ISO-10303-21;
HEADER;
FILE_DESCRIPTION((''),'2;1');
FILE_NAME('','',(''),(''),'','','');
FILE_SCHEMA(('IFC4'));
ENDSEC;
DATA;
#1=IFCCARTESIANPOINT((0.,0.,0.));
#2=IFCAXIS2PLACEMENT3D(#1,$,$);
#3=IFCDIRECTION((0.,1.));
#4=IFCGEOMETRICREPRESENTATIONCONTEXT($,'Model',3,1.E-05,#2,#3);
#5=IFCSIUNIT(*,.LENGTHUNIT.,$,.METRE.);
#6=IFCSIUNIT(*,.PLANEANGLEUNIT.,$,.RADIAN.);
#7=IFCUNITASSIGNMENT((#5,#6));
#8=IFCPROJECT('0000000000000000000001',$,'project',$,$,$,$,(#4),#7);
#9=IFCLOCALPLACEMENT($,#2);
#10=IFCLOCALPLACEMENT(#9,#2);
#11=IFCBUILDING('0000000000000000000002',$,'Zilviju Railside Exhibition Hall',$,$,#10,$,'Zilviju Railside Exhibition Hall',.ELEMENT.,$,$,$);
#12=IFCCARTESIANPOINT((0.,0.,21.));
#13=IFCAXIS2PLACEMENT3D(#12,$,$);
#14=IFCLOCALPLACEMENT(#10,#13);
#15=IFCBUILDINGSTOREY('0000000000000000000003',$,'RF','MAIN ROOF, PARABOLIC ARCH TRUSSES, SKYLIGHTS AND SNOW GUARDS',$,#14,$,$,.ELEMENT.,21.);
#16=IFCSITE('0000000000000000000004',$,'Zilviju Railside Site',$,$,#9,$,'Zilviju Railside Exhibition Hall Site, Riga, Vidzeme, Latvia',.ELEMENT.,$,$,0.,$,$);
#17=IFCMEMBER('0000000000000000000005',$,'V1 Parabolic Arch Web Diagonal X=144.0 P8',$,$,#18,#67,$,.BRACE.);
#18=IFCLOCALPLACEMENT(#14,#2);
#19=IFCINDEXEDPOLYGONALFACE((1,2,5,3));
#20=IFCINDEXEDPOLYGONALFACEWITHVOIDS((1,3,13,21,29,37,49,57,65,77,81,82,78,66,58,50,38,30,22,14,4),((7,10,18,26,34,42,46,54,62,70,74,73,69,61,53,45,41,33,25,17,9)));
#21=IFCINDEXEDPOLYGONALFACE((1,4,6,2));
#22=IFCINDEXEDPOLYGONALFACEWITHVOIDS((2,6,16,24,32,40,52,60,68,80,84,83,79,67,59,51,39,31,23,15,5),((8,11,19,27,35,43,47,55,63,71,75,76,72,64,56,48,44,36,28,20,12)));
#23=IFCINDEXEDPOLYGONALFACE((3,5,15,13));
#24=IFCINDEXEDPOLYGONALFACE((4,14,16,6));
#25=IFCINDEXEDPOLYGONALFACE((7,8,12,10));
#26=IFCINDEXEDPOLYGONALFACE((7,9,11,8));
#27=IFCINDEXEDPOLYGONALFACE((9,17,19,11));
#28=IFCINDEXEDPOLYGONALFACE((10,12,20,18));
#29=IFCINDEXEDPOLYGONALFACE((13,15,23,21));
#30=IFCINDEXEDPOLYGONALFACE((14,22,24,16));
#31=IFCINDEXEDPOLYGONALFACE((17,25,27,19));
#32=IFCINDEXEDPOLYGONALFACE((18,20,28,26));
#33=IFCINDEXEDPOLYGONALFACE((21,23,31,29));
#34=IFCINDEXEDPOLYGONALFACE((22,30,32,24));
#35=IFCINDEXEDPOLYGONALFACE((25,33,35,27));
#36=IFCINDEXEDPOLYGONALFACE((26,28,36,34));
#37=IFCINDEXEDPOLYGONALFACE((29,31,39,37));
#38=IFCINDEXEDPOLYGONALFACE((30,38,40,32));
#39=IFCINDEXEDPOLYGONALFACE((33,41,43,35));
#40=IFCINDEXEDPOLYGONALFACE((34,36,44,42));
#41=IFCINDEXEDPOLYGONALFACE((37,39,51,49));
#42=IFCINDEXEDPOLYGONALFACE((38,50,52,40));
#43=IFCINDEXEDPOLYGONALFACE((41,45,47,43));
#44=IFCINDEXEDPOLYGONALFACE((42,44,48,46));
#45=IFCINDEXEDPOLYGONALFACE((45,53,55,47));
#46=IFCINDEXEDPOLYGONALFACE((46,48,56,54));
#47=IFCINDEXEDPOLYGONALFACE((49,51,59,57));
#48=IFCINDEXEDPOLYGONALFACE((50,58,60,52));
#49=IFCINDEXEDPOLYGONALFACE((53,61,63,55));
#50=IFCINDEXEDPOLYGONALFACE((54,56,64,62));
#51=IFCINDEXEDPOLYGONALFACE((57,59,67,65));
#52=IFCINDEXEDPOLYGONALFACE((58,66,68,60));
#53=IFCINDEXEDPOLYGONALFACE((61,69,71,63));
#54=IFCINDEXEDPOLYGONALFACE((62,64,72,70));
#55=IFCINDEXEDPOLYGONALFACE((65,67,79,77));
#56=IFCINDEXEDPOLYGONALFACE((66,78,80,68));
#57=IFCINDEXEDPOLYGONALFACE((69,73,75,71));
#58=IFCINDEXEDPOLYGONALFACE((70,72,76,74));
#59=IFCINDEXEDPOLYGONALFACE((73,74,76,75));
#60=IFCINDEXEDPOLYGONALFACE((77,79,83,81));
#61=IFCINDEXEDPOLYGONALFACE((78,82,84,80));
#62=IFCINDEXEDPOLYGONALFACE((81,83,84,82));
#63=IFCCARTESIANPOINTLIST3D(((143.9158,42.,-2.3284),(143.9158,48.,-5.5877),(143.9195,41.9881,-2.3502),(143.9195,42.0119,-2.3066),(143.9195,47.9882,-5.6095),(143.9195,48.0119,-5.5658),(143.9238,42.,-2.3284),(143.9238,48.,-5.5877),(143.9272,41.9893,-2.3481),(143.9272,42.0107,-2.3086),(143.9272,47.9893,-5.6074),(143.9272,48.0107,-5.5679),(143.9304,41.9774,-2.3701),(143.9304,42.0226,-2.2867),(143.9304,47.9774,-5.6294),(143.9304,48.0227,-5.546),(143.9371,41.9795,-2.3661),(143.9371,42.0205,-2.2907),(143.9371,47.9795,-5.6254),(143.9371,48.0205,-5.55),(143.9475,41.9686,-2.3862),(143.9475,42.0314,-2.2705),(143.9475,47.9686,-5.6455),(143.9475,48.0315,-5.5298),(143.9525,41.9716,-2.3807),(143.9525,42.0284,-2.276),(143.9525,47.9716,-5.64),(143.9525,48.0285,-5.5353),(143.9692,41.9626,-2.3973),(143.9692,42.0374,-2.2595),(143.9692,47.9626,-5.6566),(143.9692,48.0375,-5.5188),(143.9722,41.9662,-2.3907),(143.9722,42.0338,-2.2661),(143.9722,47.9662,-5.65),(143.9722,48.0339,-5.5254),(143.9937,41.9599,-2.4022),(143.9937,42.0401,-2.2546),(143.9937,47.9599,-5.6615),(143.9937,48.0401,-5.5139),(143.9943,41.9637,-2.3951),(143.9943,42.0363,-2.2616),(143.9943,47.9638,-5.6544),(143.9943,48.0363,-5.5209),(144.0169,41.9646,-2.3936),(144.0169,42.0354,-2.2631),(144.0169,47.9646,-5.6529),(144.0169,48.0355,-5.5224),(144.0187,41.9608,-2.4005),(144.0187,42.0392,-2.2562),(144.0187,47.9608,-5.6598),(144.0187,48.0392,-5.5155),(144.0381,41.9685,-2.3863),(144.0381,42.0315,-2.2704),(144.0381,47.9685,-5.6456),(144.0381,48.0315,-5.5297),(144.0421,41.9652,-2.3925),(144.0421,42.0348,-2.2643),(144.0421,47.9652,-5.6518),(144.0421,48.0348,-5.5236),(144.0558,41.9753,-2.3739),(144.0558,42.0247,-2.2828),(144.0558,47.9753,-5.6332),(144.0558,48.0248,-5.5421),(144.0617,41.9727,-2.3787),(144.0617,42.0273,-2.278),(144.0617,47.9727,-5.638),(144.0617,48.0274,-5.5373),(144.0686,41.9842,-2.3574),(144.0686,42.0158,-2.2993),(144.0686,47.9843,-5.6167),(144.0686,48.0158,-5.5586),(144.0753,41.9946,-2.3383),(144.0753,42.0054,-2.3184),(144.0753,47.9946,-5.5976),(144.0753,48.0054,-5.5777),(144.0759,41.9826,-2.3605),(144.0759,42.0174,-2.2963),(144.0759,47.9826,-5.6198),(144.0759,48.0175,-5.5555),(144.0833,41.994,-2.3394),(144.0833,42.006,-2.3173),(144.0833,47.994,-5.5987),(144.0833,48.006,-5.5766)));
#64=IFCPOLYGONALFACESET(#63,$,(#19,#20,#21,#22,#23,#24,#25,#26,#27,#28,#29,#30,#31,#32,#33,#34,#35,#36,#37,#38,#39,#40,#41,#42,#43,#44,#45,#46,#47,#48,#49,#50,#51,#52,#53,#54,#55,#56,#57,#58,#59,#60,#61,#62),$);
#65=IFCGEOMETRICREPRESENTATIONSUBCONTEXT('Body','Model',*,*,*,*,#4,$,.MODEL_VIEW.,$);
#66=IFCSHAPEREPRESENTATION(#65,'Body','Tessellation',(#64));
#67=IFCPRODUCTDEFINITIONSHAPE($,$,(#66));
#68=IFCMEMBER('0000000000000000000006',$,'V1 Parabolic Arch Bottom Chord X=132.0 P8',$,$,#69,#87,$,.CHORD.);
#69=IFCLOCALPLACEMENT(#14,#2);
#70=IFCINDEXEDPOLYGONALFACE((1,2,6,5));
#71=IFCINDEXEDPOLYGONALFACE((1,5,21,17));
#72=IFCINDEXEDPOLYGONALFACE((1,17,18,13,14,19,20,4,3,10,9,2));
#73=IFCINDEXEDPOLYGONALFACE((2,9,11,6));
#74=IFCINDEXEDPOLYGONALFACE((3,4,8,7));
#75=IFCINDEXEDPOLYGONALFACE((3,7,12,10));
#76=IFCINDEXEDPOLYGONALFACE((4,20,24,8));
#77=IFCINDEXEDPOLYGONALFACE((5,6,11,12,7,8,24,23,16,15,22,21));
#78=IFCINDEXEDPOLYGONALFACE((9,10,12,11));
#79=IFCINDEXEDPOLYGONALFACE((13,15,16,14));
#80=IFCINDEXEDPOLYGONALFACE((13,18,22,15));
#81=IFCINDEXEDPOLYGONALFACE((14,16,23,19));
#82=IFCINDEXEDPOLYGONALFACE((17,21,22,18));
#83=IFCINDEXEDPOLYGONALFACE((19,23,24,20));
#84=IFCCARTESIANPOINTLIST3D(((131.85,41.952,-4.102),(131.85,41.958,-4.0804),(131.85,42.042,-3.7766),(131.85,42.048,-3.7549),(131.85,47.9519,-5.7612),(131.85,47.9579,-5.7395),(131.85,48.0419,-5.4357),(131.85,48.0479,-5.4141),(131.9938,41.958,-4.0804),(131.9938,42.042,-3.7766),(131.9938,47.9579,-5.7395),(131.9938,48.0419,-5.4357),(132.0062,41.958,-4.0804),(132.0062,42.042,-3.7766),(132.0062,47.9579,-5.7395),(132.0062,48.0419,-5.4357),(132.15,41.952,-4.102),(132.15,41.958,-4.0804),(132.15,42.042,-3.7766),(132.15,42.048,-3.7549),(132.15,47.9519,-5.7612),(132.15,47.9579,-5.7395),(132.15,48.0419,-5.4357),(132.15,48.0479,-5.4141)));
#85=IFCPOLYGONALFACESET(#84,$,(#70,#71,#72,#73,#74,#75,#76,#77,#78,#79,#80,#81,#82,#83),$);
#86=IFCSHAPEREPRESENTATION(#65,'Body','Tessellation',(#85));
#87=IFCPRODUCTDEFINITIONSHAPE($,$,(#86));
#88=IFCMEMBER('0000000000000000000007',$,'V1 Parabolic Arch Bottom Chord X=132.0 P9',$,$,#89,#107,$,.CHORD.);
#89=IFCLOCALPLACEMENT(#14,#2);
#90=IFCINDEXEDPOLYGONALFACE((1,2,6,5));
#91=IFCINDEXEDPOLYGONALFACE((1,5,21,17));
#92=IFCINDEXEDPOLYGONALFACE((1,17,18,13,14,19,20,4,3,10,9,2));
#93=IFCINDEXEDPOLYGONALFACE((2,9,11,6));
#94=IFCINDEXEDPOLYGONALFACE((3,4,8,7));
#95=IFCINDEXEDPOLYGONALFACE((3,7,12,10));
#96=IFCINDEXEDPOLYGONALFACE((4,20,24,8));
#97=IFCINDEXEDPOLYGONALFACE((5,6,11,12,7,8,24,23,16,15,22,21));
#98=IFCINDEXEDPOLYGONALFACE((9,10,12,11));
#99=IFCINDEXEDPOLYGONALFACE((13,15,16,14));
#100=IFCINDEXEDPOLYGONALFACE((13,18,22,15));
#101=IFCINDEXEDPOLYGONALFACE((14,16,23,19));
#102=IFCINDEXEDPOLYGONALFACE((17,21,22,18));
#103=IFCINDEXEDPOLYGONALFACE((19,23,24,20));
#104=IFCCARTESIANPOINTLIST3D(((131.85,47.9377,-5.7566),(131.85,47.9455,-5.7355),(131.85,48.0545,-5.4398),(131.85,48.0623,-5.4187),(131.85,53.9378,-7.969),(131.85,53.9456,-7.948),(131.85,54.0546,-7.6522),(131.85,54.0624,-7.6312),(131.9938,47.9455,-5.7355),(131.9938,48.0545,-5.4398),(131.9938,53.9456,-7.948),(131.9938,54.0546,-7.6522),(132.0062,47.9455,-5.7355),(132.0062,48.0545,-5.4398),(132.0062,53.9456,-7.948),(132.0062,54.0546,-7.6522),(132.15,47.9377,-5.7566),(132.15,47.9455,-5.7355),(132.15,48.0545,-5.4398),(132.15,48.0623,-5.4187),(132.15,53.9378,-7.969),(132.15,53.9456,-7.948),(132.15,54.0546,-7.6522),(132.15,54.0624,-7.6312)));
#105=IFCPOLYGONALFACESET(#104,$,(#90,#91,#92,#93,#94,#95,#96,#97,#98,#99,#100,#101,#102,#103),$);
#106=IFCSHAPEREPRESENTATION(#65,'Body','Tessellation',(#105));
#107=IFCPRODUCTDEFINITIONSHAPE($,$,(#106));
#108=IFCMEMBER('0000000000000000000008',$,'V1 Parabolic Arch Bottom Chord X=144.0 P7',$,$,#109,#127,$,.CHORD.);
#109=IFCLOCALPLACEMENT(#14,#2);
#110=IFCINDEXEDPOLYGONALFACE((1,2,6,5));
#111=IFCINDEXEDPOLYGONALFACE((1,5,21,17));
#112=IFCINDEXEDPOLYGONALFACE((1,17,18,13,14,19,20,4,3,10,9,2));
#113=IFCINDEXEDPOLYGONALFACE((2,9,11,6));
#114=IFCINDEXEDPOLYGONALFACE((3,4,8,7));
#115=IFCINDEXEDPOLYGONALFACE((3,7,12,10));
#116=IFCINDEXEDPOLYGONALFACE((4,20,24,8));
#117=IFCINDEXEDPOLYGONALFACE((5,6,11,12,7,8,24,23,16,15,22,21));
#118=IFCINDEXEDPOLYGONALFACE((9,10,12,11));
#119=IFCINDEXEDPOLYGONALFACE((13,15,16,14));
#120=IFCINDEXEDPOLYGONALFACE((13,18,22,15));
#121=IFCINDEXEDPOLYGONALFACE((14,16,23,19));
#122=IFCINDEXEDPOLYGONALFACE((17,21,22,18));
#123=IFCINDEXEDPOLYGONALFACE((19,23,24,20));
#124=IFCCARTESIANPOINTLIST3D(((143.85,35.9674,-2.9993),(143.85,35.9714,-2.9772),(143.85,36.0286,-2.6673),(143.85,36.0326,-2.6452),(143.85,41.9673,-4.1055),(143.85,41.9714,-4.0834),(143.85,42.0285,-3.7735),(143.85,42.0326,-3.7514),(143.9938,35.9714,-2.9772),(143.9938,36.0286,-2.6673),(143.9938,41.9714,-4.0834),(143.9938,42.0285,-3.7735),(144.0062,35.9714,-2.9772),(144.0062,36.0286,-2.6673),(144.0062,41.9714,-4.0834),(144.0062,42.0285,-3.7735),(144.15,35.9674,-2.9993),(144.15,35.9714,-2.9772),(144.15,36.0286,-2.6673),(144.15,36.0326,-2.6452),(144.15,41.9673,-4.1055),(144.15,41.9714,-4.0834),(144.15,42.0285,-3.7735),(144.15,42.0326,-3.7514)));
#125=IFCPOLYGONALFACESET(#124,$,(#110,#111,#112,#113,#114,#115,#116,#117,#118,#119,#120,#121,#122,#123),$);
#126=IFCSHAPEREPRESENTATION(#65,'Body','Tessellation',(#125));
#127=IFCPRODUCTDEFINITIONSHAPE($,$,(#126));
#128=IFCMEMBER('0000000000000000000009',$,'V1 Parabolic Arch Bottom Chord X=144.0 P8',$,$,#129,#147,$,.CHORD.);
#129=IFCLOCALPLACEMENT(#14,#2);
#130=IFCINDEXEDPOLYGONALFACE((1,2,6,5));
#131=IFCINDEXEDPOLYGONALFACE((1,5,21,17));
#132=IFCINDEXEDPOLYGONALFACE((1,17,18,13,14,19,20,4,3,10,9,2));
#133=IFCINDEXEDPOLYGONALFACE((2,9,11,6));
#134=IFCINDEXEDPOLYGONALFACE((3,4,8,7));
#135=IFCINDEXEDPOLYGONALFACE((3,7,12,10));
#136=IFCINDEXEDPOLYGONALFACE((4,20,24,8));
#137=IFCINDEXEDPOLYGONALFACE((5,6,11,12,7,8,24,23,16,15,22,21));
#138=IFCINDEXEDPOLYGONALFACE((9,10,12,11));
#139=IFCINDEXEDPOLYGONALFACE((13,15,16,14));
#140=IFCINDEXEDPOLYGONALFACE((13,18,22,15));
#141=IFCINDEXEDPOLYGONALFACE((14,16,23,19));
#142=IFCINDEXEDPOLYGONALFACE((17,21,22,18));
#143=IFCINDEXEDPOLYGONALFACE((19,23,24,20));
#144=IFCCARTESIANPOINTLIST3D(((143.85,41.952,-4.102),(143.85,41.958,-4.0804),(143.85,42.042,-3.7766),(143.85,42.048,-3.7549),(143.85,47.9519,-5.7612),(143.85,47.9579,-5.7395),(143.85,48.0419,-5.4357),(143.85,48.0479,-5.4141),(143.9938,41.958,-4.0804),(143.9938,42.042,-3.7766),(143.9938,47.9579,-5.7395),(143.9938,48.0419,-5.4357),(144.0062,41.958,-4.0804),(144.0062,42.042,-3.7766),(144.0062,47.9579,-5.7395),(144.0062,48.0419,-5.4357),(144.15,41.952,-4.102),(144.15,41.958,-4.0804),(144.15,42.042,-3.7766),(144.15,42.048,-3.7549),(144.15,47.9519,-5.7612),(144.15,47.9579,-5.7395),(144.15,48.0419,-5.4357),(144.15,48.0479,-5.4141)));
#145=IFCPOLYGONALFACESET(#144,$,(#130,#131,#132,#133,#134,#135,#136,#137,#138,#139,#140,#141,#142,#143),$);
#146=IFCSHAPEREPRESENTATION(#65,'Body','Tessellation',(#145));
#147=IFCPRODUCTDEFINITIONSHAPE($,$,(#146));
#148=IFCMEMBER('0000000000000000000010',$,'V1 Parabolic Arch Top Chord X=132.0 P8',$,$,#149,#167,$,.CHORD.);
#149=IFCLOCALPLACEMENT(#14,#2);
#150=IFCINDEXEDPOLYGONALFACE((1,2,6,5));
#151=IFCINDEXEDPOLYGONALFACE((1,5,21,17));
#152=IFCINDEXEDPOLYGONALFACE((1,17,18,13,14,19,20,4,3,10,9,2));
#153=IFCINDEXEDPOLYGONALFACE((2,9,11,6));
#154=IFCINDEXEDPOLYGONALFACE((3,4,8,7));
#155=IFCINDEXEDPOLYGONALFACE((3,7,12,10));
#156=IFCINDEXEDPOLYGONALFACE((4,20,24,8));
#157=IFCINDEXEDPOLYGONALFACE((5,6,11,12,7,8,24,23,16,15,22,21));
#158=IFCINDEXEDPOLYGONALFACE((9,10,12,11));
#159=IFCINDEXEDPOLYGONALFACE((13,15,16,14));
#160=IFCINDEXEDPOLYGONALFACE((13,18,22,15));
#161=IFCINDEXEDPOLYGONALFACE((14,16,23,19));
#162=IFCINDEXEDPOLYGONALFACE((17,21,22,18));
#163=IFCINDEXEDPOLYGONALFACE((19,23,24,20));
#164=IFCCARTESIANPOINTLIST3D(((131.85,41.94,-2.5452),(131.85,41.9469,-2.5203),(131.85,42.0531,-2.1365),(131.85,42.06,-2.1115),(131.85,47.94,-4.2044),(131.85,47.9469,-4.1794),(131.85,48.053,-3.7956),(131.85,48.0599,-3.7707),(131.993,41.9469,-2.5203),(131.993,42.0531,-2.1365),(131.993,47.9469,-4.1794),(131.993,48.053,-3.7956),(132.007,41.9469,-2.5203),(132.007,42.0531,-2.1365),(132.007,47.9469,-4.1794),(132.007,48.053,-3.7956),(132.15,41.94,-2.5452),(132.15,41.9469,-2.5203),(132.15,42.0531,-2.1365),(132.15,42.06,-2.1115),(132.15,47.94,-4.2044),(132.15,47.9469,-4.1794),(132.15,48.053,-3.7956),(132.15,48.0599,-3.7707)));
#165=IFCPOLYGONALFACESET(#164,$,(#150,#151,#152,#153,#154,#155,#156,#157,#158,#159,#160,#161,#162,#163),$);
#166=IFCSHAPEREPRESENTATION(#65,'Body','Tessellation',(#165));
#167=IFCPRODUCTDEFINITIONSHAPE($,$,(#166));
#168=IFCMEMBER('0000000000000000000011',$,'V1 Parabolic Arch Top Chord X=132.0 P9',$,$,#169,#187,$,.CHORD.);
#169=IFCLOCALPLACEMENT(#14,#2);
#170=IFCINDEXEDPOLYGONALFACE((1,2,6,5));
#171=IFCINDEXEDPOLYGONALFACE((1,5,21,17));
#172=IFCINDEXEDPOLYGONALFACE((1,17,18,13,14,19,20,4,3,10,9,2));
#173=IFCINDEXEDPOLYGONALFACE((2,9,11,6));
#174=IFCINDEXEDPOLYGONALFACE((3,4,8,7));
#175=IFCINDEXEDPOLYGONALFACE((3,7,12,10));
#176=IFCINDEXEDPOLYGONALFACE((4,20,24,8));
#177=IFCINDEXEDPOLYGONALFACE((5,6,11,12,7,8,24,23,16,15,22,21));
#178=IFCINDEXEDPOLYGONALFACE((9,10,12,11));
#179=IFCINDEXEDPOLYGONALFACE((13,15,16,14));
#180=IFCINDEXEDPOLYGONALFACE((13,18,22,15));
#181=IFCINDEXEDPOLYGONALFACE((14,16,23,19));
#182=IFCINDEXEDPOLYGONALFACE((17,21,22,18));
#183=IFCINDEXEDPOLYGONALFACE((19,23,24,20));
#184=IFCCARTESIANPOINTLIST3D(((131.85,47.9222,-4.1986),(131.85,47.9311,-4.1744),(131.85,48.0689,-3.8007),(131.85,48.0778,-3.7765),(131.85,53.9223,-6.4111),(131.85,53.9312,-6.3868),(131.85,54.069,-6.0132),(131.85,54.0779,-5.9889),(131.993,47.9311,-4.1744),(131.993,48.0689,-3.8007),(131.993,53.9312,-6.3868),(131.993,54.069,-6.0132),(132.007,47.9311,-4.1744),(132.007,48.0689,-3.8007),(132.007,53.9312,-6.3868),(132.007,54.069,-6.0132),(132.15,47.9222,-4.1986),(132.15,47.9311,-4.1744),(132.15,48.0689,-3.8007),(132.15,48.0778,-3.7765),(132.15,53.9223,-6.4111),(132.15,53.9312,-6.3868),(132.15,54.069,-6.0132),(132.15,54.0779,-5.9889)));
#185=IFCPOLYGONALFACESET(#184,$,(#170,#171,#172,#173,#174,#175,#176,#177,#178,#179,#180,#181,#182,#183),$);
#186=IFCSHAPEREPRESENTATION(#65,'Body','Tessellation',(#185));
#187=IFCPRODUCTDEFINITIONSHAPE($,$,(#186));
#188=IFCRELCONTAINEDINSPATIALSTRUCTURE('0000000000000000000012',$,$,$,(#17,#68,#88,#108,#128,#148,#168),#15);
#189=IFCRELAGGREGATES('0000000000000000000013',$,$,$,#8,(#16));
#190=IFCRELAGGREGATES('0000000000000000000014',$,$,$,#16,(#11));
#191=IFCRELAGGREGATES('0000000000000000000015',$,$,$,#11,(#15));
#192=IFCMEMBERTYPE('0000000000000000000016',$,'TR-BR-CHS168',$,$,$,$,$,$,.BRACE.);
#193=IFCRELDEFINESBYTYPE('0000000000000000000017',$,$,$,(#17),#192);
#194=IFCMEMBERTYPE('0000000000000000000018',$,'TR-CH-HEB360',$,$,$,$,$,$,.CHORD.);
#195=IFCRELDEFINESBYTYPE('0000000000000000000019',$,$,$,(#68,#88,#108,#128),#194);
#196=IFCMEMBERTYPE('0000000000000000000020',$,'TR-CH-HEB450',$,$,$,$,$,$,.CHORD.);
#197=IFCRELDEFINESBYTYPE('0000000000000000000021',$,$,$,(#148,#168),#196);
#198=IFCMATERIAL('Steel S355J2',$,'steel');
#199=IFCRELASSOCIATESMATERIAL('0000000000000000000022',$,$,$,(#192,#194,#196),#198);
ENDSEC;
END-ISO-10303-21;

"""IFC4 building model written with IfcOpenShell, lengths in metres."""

from ifc_helpers import new_model, si_unit, direction, frame, origin, origin_2d, place, context, subcontext, project, spatial, hollow_circle, i_section, extrude, material, material_profile, profile_set, type_object, element, save


model = new_model("IFC4")

# Units and contexts
model_context = context("Model", 3, precision=1e-05, world=origin(), true_north=direction((0.0, 1.0)))
body_context = subcontext(model_context, "Body", "Model", "MODEL_VIEW")
ifc_project = project(units=[si_unit("LENGTHUNIT", "METRE"), si_unit("PLANEANGLEUNIT", "RADIAN")], contexts=[model_context])

# Site, building, storey
site_placement = place(None, origin())
site = spatial("IfcSite", under=ifc_project, at=site_placement, Name="Zilviju Railside Site", LongName="Zilviju Railside Exhibition Hall Site, Riga, Vidzeme, Latvia", CompositionType="ELEMENT", RefElevation=0.0)
building_placement = place(site_placement, origin())
building = spatial("IfcBuilding", under=site, at=building_placement, Name="Zilviju Railside Exhibition Hall", LongName="Zilviju Railside Exhibition Hall", CompositionType="ELEMENT")
storey_placement = place(building_placement, frame((0.0, 0.0, 21.0)))
storey = spatial("IfcBuildingStorey", under=building, at=storey_placement, Name="RF", Description="MAIN ROOF, PARABOLIC ARCH TRUSSES, SKYLIGHTS AND SNOW GUARDS", CompositionType="ELEMENT", Elevation=21.0)

# Members
ifc_material_1 = material(Name="Steel S355J2", Category="steel")
ifc_material_profile_1 = material_profile(ifc_material_1, hollow_circle(Radius=0.0842, WallThickness=0.0081, at=origin_2d()), Name="CHS 168.3x8.0")
ifc_profile_set_1 = profile_set([ifc_material_profile_1], Name="Steel S355J2")
member_type_1 = type_object("IfcMemberType", Name="TR-BR-CHS168", PredefinedType="BRACE", material=ifc_profile_set_1)
member_1_placement = place(storey_placement, frame((144.0, 42.0, -2.3284), z_axis=(0.0, 0.878722, -0.477333), x_axis=(-1.0, 0.0, 0.0)))
element("IfcMember", 1, at=member_1_placement, inside=storey, type_object=member_type_1, Name="V1 Parabolic Arch Web Diagonal X=144.0 P8", PredefinedType="BRACE", context=body_context, shape_type="SweptSolid", body=[
    extrude(hollow_circle(Radius=0.0842, WallThickness=0.0081, at=origin_2d()), origin(), (0.0, 0.0, 1.0), 6.8281),
])
ifc_material_profile_2 = material_profile(ifc_material_1, i_section(OverallWidth=0.3, OverallDepth=0.3601, WebThickness=0.0125, FlangeThickness=0.0225, at=origin_2d()), Name="HEB 360")
ifc_profile_set_2 = profile_set([ifc_material_profile_2], Name="Steel S355J2")
member_type_2 = type_object("IfcMemberType", Name="TR-CH-HEB360", PredefinedType="CHORD", material=ifc_profile_set_2)
member_2_placement = place(storey_placement, frame((132.0, 42.0, -3.9285), z_axis=(0.0, 0.963827, -0.266527), x_axis=(-1.0, 0.0, 0.0)))
element("IfcMember", 2, at=member_2_placement, inside=storey, type_object=member_type_2, Name="V1 Parabolic Arch Bottom Chord X=132.0 P8", PredefinedType="CHORD", context=body_context, shape_type="SweptSolid", body=[
    extrude(i_section(OverallWidth=0.3, OverallDepth=0.3601, WebThickness=0.0125, FlangeThickness=0.0225, at=origin_2d()), origin(), (0.0, 0.0, 1.0), 6.2251),
])
member_3_placement = place(storey_placement, frame((132.0, 48.0, -5.5876), z_axis=(0.0, 0.938248, -0.345964), x_axis=(-1.0, 0.0, 0.0)))
element("IfcMember", 3, at=member_3_placement, inside=storey, type_object=member_type_2, Name="V1 Parabolic Arch Bottom Chord X=132.0 P9", PredefinedType="CHORD", context=body_context, shape_type="SweptSolid", body=[
    extrude(i_section(OverallWidth=0.3, OverallDepth=0.3601, WebThickness=0.0125, FlangeThickness=0.0225, at=origin_2d()), origin(), (0.0, 0.0, 1.0), 6.395),
])
member_4_placement = place(storey_placement, frame((144.0, 36.0, -2.8223), z_axis=(0.0, 0.983426, -0.181311), x_axis=(-1.0, 0.0, 0.0)))
element("IfcMember", 4, at=member_4_placement, inside=storey, type_object=member_type_2, Name="V1 Parabolic Arch Bottom Chord X=144.0 P7", PredefinedType="CHORD", context=body_context, shape_type="SweptSolid", body=[
    extrude(i_section(OverallWidth=0.3, OverallDepth=0.3601, WebThickness=0.0125, FlangeThickness=0.0225, at=origin_2d()), origin(), (0.0, 0.0, 1.0), 6.1011),
])
member_5_placement = place(storey_placement, frame((144.0, 42.0, -3.9285), z_axis=(0.0, 0.963827, -0.266527), x_axis=(-1.0, 0.0, 0.0)))
element("IfcMember", 5, at=member_5_placement, inside=storey, type_object=member_type_2, Name="V1 Parabolic Arch Bottom Chord X=144.0 P8", PredefinedType="CHORD", context=body_context, shape_type="SweptSolid", body=[
    extrude(i_section(OverallWidth=0.3, OverallDepth=0.3601, WebThickness=0.0125, FlangeThickness=0.0225, at=origin_2d()), origin(), (0.0, 0.0, 1.0), 6.2251),
])
ifc_material_profile_3 = material_profile(ifc_material_1, i_section(OverallWidth=0.3, OverallDepth=0.45, WebThickness=0.0139, FlangeThickness=0.0259, at=origin_2d()), Name="HEB 450")
ifc_profile_set_3 = profile_set([ifc_material_profile_3], Name="Steel S355J2")
member_type_3 = type_object("IfcMemberType", Name="TR-CH-HEB450", PredefinedType="CHORD", material=ifc_profile_set_3)
member_6_placement = place(storey_placement, frame((132.0, 42.0, -2.3284), z_axis=(0.0, 0.963827, -0.266527), x_axis=(-1.0, 0.0, 0.0)))
element("IfcMember", 6, at=member_6_placement, inside=storey, type_object=member_type_3, Name="V1 Parabolic Arch Top Chord X=132.0 P8", PredefinedType="CHORD", context=body_context, shape_type="SweptSolid", body=[
    extrude(i_section(OverallWidth=0.3, OverallDepth=0.45, WebThickness=0.0139, FlangeThickness=0.0259, at=origin_2d()), origin(), (0.0, 0.0, 1.0), 6.2251),
])
member_7_placement = place(storey_placement, frame((132.0, 48.0, -3.9875), z_axis=(0.0, 0.938248, -0.345964), x_axis=(-1.0, 0.0, 0.0)))
element("IfcMember", 7, at=member_7_placement, inside=storey, type_object=member_type_3, Name="V1 Parabolic Arch Top Chord X=132.0 P9", PredefinedType="CHORD", context=body_context, shape_type="SweptSolid", body=[
    extrude(i_section(OverallWidth=0.3, OverallDepth=0.45, WebThickness=0.0139, FlangeThickness=0.0259, at=origin_2d()), origin(), (0.0, 0.0, 1.0), 6.395),
])

save(model, "model.ifc")
